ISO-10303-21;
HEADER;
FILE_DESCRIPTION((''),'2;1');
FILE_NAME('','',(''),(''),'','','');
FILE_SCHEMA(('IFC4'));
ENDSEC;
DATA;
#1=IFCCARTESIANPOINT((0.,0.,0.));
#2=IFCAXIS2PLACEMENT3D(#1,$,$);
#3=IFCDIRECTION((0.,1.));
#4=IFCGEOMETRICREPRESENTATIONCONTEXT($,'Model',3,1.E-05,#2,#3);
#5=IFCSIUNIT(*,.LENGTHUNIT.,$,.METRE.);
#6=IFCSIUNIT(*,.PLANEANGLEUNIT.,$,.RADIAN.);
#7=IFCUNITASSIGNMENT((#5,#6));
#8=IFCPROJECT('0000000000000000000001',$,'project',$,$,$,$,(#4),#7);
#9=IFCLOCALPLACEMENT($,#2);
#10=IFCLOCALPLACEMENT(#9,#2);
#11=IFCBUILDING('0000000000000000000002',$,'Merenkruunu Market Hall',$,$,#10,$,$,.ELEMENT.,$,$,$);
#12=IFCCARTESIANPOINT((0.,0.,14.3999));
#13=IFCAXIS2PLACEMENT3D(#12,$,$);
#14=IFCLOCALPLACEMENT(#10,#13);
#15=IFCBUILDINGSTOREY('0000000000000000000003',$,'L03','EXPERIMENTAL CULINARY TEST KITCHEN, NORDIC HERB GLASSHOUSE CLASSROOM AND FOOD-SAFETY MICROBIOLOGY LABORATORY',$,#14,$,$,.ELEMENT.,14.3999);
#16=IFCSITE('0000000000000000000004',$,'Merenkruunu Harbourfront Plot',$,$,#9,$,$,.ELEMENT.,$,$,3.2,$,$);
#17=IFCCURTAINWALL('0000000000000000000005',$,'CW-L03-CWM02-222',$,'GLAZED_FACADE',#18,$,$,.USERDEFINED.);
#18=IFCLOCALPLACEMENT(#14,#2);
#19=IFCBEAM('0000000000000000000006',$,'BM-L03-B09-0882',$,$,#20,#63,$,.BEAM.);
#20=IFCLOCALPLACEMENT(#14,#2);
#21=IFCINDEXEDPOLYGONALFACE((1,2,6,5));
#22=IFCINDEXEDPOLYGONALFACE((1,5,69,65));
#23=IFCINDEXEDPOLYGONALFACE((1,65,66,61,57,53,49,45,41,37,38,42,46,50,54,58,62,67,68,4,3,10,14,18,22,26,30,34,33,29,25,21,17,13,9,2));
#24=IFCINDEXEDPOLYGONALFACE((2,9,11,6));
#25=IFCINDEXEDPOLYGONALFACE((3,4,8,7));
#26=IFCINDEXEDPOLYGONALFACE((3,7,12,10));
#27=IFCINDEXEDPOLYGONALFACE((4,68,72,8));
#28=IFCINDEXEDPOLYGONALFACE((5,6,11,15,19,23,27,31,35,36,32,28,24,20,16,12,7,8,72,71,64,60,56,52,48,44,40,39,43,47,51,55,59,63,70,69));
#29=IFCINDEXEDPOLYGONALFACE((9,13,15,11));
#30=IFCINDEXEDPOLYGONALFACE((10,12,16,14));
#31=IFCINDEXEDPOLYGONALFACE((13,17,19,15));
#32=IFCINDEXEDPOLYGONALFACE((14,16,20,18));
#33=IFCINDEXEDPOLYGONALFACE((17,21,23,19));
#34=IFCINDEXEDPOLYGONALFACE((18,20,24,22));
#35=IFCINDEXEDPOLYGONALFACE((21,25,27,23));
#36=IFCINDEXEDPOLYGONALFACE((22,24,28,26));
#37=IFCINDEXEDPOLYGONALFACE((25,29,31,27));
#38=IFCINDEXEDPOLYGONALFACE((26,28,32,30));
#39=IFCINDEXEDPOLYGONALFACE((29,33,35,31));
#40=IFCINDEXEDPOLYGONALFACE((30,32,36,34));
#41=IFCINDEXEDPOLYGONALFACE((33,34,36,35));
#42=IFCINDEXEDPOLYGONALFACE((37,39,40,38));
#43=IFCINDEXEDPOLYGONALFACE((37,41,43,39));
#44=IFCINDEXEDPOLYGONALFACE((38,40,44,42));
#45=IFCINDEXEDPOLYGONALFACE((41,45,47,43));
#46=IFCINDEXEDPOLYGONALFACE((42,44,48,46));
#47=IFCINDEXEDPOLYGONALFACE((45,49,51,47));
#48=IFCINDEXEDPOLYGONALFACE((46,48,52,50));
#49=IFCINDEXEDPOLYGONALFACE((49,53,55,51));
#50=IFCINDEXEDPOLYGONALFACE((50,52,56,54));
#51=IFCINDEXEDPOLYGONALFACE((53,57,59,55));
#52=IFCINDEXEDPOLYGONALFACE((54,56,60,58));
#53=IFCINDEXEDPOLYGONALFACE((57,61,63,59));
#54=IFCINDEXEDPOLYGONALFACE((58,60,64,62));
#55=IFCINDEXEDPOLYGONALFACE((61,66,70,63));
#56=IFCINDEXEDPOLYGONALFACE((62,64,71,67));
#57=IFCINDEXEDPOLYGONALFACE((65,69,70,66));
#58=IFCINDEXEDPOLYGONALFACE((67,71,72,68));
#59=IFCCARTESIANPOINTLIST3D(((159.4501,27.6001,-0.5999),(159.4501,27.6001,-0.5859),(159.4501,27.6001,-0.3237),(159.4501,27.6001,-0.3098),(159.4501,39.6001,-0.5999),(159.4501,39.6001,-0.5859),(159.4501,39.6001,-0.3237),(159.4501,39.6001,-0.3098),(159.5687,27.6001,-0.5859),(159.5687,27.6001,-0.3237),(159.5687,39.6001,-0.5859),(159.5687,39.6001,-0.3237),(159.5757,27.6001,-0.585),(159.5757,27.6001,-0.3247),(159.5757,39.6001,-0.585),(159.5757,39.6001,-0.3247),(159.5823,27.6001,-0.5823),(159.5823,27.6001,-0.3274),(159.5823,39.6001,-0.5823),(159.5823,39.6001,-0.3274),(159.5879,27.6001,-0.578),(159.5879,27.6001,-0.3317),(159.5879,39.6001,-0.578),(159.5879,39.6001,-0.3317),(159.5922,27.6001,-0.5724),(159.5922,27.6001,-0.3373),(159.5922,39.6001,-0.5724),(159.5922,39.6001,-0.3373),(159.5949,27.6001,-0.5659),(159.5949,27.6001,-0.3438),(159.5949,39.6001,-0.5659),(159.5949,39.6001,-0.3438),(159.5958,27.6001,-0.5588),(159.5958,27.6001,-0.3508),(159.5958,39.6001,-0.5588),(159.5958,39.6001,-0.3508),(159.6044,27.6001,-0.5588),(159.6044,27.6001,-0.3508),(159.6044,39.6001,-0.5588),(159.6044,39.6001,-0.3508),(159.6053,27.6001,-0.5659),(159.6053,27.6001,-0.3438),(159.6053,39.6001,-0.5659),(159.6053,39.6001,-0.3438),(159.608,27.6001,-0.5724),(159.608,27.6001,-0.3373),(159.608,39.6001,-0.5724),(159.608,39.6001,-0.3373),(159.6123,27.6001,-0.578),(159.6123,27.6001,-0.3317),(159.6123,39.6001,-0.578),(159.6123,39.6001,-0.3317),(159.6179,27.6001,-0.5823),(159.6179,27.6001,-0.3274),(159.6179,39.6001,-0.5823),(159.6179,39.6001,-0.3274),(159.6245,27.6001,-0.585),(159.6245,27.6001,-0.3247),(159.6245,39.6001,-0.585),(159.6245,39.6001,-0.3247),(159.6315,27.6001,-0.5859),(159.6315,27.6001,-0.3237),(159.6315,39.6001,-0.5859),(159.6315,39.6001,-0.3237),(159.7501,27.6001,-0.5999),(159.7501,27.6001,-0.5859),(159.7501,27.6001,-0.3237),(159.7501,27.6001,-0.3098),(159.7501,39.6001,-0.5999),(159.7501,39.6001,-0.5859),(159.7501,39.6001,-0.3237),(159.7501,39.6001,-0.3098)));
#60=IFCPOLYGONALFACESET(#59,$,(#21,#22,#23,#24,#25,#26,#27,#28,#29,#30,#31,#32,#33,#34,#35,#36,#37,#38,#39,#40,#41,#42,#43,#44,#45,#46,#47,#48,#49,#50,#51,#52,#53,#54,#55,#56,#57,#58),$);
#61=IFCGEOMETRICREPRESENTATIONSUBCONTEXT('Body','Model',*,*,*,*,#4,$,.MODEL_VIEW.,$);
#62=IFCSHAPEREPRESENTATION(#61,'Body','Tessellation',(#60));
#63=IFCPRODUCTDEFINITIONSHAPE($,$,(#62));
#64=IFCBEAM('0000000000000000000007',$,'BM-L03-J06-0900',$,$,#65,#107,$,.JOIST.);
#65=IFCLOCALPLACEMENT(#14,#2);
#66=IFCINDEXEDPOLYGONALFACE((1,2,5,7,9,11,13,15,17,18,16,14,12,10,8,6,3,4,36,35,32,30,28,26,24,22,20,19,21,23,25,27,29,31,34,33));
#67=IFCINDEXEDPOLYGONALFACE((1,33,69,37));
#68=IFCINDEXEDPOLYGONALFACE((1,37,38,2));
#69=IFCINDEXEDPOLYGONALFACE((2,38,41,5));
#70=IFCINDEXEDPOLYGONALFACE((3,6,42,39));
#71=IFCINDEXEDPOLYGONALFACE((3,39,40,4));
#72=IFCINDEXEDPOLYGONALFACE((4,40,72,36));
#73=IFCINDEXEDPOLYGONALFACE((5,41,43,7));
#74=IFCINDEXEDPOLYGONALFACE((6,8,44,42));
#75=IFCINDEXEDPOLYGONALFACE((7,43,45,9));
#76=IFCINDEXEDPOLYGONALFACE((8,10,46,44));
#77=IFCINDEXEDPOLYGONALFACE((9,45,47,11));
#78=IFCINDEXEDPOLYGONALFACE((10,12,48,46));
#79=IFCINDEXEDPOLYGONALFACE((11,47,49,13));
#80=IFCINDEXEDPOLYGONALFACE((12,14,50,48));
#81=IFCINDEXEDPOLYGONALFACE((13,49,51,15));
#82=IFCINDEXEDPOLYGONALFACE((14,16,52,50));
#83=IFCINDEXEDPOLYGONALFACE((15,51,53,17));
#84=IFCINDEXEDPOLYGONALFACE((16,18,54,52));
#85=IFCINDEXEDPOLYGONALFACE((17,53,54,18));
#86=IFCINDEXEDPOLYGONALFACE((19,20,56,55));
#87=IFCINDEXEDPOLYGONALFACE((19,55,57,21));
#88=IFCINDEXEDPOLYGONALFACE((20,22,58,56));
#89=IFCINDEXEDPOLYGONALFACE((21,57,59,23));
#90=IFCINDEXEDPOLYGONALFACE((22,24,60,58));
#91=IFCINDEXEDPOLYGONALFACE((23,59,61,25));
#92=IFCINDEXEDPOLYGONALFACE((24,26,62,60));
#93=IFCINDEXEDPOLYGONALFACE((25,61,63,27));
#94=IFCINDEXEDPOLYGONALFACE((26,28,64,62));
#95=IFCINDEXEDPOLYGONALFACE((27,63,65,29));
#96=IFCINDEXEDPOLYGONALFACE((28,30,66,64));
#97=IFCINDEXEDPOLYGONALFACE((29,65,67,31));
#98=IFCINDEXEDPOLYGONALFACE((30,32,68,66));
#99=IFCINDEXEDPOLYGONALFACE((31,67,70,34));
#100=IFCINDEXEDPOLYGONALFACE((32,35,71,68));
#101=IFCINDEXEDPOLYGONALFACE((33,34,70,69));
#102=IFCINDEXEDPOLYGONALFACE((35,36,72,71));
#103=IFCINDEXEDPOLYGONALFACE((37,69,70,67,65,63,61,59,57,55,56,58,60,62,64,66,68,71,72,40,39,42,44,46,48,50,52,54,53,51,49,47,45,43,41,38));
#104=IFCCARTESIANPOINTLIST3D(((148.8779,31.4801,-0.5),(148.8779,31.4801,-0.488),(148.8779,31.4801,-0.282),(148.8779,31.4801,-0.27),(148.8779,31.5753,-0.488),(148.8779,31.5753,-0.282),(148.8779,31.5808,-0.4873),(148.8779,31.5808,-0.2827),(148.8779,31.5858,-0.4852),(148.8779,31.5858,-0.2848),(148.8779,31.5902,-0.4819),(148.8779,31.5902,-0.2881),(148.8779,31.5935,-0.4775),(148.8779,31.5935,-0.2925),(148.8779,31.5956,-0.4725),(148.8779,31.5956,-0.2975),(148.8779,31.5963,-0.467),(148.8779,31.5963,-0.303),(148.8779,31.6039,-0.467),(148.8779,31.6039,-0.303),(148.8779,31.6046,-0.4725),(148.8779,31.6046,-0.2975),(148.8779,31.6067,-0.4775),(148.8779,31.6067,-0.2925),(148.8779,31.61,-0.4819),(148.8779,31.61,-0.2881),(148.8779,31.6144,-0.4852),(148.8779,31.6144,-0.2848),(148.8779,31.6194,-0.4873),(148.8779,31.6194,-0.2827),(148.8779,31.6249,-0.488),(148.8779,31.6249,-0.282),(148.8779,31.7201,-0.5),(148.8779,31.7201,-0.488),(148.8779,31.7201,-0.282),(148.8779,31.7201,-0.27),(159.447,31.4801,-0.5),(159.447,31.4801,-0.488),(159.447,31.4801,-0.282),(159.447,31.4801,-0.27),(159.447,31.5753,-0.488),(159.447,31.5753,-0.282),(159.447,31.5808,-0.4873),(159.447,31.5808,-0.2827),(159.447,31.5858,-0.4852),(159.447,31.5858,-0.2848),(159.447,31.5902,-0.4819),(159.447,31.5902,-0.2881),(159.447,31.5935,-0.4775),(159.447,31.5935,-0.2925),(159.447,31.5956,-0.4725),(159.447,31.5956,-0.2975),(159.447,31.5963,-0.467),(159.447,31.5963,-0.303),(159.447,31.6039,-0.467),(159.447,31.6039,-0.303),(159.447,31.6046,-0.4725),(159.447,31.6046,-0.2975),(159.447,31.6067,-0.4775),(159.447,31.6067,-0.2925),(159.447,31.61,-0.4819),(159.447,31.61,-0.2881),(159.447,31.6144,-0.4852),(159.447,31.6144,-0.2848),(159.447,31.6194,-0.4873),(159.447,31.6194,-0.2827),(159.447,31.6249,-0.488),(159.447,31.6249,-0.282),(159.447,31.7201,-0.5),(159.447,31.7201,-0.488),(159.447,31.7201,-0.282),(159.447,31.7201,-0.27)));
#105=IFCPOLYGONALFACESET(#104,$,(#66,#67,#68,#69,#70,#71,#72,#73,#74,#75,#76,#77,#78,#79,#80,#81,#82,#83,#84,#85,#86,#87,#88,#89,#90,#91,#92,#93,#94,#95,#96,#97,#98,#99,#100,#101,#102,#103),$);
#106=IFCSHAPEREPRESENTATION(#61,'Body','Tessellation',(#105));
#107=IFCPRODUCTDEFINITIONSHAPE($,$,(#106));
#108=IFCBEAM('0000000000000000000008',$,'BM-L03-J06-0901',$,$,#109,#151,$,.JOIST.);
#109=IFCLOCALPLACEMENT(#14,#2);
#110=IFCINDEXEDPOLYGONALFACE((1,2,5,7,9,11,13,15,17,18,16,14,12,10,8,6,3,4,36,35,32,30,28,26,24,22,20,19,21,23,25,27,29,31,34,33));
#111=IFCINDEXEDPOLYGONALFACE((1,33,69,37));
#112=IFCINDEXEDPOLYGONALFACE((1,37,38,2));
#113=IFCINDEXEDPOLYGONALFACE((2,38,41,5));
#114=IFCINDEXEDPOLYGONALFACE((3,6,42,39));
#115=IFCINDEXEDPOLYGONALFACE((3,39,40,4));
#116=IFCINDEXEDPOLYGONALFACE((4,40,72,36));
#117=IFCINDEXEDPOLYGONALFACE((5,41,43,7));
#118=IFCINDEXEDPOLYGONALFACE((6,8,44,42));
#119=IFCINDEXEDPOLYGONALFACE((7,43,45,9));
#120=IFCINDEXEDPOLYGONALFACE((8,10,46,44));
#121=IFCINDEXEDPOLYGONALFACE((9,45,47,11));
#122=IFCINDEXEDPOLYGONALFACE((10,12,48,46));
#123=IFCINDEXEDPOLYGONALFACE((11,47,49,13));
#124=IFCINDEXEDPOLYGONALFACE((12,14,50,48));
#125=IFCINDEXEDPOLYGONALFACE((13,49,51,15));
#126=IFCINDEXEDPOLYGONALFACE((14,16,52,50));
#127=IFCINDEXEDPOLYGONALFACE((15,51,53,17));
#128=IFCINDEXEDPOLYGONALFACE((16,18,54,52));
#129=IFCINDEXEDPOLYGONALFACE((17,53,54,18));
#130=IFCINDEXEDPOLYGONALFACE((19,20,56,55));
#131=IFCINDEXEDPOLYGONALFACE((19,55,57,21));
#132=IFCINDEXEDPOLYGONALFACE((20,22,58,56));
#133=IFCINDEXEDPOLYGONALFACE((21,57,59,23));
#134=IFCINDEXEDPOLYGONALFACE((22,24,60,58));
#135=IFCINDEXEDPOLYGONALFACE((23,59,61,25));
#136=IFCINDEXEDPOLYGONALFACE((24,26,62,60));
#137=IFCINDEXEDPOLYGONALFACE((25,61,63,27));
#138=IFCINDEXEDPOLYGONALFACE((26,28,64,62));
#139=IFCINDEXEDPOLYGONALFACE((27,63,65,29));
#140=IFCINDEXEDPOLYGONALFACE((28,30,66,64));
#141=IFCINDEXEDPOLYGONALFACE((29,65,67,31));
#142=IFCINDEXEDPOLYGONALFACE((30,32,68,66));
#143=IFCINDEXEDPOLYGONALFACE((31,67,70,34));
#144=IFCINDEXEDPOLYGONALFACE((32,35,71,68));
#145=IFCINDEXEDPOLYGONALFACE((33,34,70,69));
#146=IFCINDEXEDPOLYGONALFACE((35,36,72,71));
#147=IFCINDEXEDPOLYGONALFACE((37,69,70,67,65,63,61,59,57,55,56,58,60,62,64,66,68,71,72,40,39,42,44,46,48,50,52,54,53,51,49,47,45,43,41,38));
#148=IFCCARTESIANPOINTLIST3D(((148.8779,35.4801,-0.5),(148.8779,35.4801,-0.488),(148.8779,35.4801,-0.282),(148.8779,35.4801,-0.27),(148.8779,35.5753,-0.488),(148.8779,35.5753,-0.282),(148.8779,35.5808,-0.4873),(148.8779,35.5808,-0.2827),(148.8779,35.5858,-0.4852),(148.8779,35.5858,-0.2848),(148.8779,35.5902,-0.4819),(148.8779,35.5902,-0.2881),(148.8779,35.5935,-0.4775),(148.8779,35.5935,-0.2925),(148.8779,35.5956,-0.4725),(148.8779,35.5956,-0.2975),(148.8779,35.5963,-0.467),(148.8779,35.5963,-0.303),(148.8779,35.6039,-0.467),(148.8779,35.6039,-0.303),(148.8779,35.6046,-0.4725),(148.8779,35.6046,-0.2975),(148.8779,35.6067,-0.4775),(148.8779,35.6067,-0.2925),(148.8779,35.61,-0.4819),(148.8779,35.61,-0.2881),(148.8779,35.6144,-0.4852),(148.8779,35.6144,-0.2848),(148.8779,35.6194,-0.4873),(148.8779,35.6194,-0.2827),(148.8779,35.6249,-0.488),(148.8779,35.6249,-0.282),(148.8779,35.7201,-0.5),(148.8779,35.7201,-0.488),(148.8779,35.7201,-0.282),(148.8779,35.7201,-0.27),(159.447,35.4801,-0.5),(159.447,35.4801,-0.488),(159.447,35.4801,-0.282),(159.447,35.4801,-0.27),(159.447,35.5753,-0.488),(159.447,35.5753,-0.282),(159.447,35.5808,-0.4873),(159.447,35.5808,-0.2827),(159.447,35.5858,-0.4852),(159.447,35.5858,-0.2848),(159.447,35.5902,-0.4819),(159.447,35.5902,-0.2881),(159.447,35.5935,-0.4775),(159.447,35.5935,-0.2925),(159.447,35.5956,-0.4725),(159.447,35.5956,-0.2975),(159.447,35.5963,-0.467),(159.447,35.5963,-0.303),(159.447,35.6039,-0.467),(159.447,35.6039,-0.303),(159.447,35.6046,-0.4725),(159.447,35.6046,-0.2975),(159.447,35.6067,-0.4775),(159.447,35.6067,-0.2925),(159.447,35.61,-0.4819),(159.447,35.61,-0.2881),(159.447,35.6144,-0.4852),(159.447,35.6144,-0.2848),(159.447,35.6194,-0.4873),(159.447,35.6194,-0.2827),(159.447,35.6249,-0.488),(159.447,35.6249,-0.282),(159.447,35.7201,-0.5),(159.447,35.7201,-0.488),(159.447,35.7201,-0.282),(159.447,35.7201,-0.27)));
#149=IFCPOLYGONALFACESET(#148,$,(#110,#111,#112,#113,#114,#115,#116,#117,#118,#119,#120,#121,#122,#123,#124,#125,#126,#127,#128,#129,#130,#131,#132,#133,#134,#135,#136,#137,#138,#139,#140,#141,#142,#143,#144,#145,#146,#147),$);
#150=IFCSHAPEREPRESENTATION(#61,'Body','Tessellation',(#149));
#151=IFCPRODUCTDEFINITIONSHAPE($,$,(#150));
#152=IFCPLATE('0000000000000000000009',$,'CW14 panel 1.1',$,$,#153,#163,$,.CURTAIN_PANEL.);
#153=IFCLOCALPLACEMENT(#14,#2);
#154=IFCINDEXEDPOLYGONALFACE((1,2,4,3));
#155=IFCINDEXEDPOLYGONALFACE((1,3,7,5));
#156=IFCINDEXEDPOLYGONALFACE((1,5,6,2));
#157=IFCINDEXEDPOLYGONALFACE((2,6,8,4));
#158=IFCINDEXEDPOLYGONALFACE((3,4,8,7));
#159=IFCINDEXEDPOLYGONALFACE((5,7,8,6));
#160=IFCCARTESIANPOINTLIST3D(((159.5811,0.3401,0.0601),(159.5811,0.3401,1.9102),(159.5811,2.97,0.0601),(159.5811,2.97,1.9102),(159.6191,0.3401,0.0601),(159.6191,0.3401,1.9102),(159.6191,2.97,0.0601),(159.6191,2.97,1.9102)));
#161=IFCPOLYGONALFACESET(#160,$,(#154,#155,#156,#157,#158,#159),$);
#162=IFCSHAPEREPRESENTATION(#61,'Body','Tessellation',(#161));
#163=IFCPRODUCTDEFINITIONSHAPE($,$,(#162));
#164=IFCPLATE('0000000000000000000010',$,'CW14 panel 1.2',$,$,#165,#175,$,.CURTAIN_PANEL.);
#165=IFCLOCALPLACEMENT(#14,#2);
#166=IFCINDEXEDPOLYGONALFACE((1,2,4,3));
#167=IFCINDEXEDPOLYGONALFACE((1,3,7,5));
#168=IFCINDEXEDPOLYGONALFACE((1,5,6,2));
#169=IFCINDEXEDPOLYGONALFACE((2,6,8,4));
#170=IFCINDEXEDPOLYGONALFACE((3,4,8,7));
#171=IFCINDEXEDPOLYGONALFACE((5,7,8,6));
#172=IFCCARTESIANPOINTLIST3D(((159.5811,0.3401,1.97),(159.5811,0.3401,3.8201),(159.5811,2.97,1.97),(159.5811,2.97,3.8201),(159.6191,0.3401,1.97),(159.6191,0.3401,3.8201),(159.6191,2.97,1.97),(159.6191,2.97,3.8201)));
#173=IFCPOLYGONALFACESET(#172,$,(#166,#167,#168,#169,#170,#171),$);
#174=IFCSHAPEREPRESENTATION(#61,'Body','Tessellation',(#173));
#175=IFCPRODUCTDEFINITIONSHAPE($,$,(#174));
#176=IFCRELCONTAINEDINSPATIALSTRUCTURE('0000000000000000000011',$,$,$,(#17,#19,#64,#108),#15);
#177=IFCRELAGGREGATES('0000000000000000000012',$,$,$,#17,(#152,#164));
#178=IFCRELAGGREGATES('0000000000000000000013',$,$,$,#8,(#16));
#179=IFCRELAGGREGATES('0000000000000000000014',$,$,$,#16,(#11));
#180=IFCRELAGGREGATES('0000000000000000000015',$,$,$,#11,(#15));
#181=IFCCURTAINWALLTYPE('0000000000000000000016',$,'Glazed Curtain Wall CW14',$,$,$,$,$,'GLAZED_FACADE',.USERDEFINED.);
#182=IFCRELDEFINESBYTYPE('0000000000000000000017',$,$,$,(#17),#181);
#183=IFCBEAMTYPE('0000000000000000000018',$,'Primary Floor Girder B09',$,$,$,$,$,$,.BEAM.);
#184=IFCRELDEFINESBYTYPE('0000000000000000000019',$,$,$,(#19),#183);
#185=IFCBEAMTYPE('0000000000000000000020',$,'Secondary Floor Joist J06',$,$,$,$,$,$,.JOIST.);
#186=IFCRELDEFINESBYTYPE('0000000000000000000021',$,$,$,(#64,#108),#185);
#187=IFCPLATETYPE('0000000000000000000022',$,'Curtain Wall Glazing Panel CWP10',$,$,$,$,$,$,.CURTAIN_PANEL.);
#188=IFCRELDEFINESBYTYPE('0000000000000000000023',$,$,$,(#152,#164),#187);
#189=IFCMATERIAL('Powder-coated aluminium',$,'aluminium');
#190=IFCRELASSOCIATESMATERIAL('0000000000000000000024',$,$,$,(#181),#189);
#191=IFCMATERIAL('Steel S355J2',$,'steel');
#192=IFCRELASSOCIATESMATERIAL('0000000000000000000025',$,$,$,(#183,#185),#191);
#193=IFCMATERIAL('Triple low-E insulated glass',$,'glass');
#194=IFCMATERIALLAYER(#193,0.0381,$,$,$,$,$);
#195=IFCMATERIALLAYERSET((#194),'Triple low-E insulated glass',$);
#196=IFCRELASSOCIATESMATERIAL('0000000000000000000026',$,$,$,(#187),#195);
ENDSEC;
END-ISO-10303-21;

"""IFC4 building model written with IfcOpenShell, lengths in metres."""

from ifc_helpers import new_model, si_unit, direction, frame, origin, origin_2d, place, context, subcontext, project, spatial, rectangle, i_section, extrude, material, layer, layer_set, material_profile, profile_set, type_object, element, aggregate, save


model = new_model("IFC4")

# Units and contexts
model_context = context("Model", 3, precision=1e-05, world=origin(), true_north=direction((0.0, 1.0)))
body_context = subcontext(model_context, "Body", "Model", "MODEL_VIEW")
ifc_project = project(units=[si_unit("LENGTHUNIT", "METRE"), si_unit("PLANEANGLEUNIT", "RADIAN")], contexts=[model_context])

# Site, building, storey
site_placement = place(None, origin())
site = spatial("IfcSite", under=ifc_project, at=site_placement, Name="Merenkruunu Harbourfront Plot", CompositionType="ELEMENT", RefElevation=3.2)
building_placement = place(site_placement, origin())
building = spatial("IfcBuilding", under=site, at=building_placement, Name="Merenkruunu Market Hall", CompositionType="ELEMENT")
storey_placement = place(building_placement, frame((0.0, 0.0, 14.3999)))
storey = spatial("IfcBuildingStorey", under=building, at=storey_placement, Name="L03", Description="EXPERIMENTAL CULINARY TEST KITCHEN, NORDIC HERB GLASSHOUSE CLASSROOM AND FOOD-SAFETY MICROBIOLOGY LABORATORY", CompositionType="ELEMENT", Elevation=14.3999)

# Shared definitions
ifc_material_1 = material(Name="Steel S355J2", Category="steel")

# Curtain wall
ifc_material_2 = material(Name="Powder-coated aluminium", Category="aluminium")
curtain_wall_type = type_object("IfcCurtainWallType", Name="Glazed Curtain Wall CW14", ElementType="GLAZED_FACADE", PredefinedType="USERDEFINED", material=ifc_material_2)
curtain_wall_placement = place(storey_placement, origin())
curtain_wall = element("IfcCurtainWall", 1, at=curtain_wall_placement, inside=storey, type_object=curtain_wall_type, Name="CW-L03-CWM02-222", ObjectType="GLAZED_FACADE", PredefinedType="USERDEFINED")

# Beams
ifc_material_profile_1 = material_profile(ifc_material_1, i_section(OverallWidth=0.3, OverallDepth=0.29, WebThickness=0.0085, FlangeThickness=0.0139, FilletRadius=0.0271, at=origin_2d()), Name="HEA 300")
ifc_profile_set_1 = profile_set([ifc_material_profile_1], Name="Steel S355J2")
beam_type_1 = type_object("IfcBeamType", Name="Primary Floor Girder B09", PredefinedType="BEAM", material=ifc_profile_set_1)
for number, where, z_axis, x_axis, name in (
    (2, (159.6001, 27.6001, -0.4548), (0.0, 1.0, 0.0), (-1.0, 0.0, 0.0), "BM-L03-B09-0882"),
):
    element("IfcBeam", number, at=place(storey_placement, frame(where, z_axis=z_axis, x_axis=x_axis)), inside=storey, type_object=beam_type_1, Name=name, PredefinedType="BEAM", context=body_context, shape_type="SweptSolid", body=[
        extrude(i_section(OverallWidth=0.3, OverallDepth=0.29, WebThickness=0.0085, FlangeThickness=0.0139, FilletRadius=0.0271, at=origin_2d()), origin(), (0.0, 0.0, 1.0), 12.0),
    ])
ifc_material_profile_2 = material_profile(ifc_material_1, i_section(OverallWidth=0.24, OverallDepth=0.23, WebThickness=0.0076, FlangeThickness=0.012, FilletRadius=0.021, at=origin_2d()), Name="HEA 240")
ifc_profile_set_2 = profile_set([ifc_material_profile_2], Name="Steel S355J2")
beam_type_2 = type_object("IfcBeamType", Name="Secondary Floor Joist J06", PredefinedType="JOIST", material=ifc_profile_set_2)
for number, where, z_axis, x_axis, name in (
    (3, (148.8779, 31.6001, -0.385), (1.0, 0.0, 0.0), (0.0, 1.0, 0.0), "BM-L03-J06-0900"),
    (4, (148.8779, 35.6001, -0.385), (1.0, 0.0, 0.0), (0.0, 1.0, 0.0), "BM-L03-J06-0901"),
):
    element("IfcBeam", number, at=place(storey_placement, frame(where, z_axis=z_axis, x_axis=x_axis)), inside=storey, type_object=beam_type_2, Name=name, PredefinedType="JOIST", context=body_context, shape_type="SweptSolid", body=[
        extrude(i_section(OverallWidth=0.24, OverallDepth=0.23, WebThickness=0.0076, FlangeThickness=0.012, FilletRadius=0.021, at=origin_2d()), origin(), (0.0, 0.0, 1.0), 10.5691),
    ])

# Plates
ifc_material_3 = material(Name="Triple low-E insulated glass", Category="glass")
ifc_layer = layer(ifc_material_3, 0.0381)
ifc_layer_set = layer_set([ifc_layer], Name="Triple low-E insulated glass")
plate_type = type_object("IfcPlateType", Name="Curtain Wall Glazing Panel CWP10", PredefinedType="CURTAIN_PANEL", material=ifc_layer_set)
plate_1_placement = place(storey_placement, frame((159.6001, 1.655, 0.0601), z_axis=(0.0, 0.0, 1.0), x_axis=(0.0, 1.0, 0.0)))
plate_1 = element("IfcPlate", 5, at=plate_1_placement, type_object=plate_type, Name="CW14 panel 1.1", PredefinedType="CURTAIN_PANEL", context=body_context, shape_type="SweptSolid", body=[
    extrude(rectangle(XDim=2.6299, YDim=0.0381, at=origin_2d()), origin(), (0.0, 0.0, 1.0), 1.8501),
])
plate_2_placement = place(storey_placement, frame((159.6001, 1.655, 1.97), z_axis=(0.0, 0.0, 1.0), x_axis=(0.0, 1.0, 0.0)))
plate_2 = element("IfcPlate", 6, at=plate_2_placement, type_object=plate_type, Name="CW14 panel 1.2", PredefinedType="CURTAIN_PANEL", context=body_context, shape_type="SweptSolid", body=[
    extrude(rectangle(XDim=2.6299, YDim=0.0381, at=origin_2d()), origin(), (0.0, 0.0, 1.0), 1.8501),
])
aggregate(curtain_wall, [plate_1, plate_2])

save(model, "model.ifc")
